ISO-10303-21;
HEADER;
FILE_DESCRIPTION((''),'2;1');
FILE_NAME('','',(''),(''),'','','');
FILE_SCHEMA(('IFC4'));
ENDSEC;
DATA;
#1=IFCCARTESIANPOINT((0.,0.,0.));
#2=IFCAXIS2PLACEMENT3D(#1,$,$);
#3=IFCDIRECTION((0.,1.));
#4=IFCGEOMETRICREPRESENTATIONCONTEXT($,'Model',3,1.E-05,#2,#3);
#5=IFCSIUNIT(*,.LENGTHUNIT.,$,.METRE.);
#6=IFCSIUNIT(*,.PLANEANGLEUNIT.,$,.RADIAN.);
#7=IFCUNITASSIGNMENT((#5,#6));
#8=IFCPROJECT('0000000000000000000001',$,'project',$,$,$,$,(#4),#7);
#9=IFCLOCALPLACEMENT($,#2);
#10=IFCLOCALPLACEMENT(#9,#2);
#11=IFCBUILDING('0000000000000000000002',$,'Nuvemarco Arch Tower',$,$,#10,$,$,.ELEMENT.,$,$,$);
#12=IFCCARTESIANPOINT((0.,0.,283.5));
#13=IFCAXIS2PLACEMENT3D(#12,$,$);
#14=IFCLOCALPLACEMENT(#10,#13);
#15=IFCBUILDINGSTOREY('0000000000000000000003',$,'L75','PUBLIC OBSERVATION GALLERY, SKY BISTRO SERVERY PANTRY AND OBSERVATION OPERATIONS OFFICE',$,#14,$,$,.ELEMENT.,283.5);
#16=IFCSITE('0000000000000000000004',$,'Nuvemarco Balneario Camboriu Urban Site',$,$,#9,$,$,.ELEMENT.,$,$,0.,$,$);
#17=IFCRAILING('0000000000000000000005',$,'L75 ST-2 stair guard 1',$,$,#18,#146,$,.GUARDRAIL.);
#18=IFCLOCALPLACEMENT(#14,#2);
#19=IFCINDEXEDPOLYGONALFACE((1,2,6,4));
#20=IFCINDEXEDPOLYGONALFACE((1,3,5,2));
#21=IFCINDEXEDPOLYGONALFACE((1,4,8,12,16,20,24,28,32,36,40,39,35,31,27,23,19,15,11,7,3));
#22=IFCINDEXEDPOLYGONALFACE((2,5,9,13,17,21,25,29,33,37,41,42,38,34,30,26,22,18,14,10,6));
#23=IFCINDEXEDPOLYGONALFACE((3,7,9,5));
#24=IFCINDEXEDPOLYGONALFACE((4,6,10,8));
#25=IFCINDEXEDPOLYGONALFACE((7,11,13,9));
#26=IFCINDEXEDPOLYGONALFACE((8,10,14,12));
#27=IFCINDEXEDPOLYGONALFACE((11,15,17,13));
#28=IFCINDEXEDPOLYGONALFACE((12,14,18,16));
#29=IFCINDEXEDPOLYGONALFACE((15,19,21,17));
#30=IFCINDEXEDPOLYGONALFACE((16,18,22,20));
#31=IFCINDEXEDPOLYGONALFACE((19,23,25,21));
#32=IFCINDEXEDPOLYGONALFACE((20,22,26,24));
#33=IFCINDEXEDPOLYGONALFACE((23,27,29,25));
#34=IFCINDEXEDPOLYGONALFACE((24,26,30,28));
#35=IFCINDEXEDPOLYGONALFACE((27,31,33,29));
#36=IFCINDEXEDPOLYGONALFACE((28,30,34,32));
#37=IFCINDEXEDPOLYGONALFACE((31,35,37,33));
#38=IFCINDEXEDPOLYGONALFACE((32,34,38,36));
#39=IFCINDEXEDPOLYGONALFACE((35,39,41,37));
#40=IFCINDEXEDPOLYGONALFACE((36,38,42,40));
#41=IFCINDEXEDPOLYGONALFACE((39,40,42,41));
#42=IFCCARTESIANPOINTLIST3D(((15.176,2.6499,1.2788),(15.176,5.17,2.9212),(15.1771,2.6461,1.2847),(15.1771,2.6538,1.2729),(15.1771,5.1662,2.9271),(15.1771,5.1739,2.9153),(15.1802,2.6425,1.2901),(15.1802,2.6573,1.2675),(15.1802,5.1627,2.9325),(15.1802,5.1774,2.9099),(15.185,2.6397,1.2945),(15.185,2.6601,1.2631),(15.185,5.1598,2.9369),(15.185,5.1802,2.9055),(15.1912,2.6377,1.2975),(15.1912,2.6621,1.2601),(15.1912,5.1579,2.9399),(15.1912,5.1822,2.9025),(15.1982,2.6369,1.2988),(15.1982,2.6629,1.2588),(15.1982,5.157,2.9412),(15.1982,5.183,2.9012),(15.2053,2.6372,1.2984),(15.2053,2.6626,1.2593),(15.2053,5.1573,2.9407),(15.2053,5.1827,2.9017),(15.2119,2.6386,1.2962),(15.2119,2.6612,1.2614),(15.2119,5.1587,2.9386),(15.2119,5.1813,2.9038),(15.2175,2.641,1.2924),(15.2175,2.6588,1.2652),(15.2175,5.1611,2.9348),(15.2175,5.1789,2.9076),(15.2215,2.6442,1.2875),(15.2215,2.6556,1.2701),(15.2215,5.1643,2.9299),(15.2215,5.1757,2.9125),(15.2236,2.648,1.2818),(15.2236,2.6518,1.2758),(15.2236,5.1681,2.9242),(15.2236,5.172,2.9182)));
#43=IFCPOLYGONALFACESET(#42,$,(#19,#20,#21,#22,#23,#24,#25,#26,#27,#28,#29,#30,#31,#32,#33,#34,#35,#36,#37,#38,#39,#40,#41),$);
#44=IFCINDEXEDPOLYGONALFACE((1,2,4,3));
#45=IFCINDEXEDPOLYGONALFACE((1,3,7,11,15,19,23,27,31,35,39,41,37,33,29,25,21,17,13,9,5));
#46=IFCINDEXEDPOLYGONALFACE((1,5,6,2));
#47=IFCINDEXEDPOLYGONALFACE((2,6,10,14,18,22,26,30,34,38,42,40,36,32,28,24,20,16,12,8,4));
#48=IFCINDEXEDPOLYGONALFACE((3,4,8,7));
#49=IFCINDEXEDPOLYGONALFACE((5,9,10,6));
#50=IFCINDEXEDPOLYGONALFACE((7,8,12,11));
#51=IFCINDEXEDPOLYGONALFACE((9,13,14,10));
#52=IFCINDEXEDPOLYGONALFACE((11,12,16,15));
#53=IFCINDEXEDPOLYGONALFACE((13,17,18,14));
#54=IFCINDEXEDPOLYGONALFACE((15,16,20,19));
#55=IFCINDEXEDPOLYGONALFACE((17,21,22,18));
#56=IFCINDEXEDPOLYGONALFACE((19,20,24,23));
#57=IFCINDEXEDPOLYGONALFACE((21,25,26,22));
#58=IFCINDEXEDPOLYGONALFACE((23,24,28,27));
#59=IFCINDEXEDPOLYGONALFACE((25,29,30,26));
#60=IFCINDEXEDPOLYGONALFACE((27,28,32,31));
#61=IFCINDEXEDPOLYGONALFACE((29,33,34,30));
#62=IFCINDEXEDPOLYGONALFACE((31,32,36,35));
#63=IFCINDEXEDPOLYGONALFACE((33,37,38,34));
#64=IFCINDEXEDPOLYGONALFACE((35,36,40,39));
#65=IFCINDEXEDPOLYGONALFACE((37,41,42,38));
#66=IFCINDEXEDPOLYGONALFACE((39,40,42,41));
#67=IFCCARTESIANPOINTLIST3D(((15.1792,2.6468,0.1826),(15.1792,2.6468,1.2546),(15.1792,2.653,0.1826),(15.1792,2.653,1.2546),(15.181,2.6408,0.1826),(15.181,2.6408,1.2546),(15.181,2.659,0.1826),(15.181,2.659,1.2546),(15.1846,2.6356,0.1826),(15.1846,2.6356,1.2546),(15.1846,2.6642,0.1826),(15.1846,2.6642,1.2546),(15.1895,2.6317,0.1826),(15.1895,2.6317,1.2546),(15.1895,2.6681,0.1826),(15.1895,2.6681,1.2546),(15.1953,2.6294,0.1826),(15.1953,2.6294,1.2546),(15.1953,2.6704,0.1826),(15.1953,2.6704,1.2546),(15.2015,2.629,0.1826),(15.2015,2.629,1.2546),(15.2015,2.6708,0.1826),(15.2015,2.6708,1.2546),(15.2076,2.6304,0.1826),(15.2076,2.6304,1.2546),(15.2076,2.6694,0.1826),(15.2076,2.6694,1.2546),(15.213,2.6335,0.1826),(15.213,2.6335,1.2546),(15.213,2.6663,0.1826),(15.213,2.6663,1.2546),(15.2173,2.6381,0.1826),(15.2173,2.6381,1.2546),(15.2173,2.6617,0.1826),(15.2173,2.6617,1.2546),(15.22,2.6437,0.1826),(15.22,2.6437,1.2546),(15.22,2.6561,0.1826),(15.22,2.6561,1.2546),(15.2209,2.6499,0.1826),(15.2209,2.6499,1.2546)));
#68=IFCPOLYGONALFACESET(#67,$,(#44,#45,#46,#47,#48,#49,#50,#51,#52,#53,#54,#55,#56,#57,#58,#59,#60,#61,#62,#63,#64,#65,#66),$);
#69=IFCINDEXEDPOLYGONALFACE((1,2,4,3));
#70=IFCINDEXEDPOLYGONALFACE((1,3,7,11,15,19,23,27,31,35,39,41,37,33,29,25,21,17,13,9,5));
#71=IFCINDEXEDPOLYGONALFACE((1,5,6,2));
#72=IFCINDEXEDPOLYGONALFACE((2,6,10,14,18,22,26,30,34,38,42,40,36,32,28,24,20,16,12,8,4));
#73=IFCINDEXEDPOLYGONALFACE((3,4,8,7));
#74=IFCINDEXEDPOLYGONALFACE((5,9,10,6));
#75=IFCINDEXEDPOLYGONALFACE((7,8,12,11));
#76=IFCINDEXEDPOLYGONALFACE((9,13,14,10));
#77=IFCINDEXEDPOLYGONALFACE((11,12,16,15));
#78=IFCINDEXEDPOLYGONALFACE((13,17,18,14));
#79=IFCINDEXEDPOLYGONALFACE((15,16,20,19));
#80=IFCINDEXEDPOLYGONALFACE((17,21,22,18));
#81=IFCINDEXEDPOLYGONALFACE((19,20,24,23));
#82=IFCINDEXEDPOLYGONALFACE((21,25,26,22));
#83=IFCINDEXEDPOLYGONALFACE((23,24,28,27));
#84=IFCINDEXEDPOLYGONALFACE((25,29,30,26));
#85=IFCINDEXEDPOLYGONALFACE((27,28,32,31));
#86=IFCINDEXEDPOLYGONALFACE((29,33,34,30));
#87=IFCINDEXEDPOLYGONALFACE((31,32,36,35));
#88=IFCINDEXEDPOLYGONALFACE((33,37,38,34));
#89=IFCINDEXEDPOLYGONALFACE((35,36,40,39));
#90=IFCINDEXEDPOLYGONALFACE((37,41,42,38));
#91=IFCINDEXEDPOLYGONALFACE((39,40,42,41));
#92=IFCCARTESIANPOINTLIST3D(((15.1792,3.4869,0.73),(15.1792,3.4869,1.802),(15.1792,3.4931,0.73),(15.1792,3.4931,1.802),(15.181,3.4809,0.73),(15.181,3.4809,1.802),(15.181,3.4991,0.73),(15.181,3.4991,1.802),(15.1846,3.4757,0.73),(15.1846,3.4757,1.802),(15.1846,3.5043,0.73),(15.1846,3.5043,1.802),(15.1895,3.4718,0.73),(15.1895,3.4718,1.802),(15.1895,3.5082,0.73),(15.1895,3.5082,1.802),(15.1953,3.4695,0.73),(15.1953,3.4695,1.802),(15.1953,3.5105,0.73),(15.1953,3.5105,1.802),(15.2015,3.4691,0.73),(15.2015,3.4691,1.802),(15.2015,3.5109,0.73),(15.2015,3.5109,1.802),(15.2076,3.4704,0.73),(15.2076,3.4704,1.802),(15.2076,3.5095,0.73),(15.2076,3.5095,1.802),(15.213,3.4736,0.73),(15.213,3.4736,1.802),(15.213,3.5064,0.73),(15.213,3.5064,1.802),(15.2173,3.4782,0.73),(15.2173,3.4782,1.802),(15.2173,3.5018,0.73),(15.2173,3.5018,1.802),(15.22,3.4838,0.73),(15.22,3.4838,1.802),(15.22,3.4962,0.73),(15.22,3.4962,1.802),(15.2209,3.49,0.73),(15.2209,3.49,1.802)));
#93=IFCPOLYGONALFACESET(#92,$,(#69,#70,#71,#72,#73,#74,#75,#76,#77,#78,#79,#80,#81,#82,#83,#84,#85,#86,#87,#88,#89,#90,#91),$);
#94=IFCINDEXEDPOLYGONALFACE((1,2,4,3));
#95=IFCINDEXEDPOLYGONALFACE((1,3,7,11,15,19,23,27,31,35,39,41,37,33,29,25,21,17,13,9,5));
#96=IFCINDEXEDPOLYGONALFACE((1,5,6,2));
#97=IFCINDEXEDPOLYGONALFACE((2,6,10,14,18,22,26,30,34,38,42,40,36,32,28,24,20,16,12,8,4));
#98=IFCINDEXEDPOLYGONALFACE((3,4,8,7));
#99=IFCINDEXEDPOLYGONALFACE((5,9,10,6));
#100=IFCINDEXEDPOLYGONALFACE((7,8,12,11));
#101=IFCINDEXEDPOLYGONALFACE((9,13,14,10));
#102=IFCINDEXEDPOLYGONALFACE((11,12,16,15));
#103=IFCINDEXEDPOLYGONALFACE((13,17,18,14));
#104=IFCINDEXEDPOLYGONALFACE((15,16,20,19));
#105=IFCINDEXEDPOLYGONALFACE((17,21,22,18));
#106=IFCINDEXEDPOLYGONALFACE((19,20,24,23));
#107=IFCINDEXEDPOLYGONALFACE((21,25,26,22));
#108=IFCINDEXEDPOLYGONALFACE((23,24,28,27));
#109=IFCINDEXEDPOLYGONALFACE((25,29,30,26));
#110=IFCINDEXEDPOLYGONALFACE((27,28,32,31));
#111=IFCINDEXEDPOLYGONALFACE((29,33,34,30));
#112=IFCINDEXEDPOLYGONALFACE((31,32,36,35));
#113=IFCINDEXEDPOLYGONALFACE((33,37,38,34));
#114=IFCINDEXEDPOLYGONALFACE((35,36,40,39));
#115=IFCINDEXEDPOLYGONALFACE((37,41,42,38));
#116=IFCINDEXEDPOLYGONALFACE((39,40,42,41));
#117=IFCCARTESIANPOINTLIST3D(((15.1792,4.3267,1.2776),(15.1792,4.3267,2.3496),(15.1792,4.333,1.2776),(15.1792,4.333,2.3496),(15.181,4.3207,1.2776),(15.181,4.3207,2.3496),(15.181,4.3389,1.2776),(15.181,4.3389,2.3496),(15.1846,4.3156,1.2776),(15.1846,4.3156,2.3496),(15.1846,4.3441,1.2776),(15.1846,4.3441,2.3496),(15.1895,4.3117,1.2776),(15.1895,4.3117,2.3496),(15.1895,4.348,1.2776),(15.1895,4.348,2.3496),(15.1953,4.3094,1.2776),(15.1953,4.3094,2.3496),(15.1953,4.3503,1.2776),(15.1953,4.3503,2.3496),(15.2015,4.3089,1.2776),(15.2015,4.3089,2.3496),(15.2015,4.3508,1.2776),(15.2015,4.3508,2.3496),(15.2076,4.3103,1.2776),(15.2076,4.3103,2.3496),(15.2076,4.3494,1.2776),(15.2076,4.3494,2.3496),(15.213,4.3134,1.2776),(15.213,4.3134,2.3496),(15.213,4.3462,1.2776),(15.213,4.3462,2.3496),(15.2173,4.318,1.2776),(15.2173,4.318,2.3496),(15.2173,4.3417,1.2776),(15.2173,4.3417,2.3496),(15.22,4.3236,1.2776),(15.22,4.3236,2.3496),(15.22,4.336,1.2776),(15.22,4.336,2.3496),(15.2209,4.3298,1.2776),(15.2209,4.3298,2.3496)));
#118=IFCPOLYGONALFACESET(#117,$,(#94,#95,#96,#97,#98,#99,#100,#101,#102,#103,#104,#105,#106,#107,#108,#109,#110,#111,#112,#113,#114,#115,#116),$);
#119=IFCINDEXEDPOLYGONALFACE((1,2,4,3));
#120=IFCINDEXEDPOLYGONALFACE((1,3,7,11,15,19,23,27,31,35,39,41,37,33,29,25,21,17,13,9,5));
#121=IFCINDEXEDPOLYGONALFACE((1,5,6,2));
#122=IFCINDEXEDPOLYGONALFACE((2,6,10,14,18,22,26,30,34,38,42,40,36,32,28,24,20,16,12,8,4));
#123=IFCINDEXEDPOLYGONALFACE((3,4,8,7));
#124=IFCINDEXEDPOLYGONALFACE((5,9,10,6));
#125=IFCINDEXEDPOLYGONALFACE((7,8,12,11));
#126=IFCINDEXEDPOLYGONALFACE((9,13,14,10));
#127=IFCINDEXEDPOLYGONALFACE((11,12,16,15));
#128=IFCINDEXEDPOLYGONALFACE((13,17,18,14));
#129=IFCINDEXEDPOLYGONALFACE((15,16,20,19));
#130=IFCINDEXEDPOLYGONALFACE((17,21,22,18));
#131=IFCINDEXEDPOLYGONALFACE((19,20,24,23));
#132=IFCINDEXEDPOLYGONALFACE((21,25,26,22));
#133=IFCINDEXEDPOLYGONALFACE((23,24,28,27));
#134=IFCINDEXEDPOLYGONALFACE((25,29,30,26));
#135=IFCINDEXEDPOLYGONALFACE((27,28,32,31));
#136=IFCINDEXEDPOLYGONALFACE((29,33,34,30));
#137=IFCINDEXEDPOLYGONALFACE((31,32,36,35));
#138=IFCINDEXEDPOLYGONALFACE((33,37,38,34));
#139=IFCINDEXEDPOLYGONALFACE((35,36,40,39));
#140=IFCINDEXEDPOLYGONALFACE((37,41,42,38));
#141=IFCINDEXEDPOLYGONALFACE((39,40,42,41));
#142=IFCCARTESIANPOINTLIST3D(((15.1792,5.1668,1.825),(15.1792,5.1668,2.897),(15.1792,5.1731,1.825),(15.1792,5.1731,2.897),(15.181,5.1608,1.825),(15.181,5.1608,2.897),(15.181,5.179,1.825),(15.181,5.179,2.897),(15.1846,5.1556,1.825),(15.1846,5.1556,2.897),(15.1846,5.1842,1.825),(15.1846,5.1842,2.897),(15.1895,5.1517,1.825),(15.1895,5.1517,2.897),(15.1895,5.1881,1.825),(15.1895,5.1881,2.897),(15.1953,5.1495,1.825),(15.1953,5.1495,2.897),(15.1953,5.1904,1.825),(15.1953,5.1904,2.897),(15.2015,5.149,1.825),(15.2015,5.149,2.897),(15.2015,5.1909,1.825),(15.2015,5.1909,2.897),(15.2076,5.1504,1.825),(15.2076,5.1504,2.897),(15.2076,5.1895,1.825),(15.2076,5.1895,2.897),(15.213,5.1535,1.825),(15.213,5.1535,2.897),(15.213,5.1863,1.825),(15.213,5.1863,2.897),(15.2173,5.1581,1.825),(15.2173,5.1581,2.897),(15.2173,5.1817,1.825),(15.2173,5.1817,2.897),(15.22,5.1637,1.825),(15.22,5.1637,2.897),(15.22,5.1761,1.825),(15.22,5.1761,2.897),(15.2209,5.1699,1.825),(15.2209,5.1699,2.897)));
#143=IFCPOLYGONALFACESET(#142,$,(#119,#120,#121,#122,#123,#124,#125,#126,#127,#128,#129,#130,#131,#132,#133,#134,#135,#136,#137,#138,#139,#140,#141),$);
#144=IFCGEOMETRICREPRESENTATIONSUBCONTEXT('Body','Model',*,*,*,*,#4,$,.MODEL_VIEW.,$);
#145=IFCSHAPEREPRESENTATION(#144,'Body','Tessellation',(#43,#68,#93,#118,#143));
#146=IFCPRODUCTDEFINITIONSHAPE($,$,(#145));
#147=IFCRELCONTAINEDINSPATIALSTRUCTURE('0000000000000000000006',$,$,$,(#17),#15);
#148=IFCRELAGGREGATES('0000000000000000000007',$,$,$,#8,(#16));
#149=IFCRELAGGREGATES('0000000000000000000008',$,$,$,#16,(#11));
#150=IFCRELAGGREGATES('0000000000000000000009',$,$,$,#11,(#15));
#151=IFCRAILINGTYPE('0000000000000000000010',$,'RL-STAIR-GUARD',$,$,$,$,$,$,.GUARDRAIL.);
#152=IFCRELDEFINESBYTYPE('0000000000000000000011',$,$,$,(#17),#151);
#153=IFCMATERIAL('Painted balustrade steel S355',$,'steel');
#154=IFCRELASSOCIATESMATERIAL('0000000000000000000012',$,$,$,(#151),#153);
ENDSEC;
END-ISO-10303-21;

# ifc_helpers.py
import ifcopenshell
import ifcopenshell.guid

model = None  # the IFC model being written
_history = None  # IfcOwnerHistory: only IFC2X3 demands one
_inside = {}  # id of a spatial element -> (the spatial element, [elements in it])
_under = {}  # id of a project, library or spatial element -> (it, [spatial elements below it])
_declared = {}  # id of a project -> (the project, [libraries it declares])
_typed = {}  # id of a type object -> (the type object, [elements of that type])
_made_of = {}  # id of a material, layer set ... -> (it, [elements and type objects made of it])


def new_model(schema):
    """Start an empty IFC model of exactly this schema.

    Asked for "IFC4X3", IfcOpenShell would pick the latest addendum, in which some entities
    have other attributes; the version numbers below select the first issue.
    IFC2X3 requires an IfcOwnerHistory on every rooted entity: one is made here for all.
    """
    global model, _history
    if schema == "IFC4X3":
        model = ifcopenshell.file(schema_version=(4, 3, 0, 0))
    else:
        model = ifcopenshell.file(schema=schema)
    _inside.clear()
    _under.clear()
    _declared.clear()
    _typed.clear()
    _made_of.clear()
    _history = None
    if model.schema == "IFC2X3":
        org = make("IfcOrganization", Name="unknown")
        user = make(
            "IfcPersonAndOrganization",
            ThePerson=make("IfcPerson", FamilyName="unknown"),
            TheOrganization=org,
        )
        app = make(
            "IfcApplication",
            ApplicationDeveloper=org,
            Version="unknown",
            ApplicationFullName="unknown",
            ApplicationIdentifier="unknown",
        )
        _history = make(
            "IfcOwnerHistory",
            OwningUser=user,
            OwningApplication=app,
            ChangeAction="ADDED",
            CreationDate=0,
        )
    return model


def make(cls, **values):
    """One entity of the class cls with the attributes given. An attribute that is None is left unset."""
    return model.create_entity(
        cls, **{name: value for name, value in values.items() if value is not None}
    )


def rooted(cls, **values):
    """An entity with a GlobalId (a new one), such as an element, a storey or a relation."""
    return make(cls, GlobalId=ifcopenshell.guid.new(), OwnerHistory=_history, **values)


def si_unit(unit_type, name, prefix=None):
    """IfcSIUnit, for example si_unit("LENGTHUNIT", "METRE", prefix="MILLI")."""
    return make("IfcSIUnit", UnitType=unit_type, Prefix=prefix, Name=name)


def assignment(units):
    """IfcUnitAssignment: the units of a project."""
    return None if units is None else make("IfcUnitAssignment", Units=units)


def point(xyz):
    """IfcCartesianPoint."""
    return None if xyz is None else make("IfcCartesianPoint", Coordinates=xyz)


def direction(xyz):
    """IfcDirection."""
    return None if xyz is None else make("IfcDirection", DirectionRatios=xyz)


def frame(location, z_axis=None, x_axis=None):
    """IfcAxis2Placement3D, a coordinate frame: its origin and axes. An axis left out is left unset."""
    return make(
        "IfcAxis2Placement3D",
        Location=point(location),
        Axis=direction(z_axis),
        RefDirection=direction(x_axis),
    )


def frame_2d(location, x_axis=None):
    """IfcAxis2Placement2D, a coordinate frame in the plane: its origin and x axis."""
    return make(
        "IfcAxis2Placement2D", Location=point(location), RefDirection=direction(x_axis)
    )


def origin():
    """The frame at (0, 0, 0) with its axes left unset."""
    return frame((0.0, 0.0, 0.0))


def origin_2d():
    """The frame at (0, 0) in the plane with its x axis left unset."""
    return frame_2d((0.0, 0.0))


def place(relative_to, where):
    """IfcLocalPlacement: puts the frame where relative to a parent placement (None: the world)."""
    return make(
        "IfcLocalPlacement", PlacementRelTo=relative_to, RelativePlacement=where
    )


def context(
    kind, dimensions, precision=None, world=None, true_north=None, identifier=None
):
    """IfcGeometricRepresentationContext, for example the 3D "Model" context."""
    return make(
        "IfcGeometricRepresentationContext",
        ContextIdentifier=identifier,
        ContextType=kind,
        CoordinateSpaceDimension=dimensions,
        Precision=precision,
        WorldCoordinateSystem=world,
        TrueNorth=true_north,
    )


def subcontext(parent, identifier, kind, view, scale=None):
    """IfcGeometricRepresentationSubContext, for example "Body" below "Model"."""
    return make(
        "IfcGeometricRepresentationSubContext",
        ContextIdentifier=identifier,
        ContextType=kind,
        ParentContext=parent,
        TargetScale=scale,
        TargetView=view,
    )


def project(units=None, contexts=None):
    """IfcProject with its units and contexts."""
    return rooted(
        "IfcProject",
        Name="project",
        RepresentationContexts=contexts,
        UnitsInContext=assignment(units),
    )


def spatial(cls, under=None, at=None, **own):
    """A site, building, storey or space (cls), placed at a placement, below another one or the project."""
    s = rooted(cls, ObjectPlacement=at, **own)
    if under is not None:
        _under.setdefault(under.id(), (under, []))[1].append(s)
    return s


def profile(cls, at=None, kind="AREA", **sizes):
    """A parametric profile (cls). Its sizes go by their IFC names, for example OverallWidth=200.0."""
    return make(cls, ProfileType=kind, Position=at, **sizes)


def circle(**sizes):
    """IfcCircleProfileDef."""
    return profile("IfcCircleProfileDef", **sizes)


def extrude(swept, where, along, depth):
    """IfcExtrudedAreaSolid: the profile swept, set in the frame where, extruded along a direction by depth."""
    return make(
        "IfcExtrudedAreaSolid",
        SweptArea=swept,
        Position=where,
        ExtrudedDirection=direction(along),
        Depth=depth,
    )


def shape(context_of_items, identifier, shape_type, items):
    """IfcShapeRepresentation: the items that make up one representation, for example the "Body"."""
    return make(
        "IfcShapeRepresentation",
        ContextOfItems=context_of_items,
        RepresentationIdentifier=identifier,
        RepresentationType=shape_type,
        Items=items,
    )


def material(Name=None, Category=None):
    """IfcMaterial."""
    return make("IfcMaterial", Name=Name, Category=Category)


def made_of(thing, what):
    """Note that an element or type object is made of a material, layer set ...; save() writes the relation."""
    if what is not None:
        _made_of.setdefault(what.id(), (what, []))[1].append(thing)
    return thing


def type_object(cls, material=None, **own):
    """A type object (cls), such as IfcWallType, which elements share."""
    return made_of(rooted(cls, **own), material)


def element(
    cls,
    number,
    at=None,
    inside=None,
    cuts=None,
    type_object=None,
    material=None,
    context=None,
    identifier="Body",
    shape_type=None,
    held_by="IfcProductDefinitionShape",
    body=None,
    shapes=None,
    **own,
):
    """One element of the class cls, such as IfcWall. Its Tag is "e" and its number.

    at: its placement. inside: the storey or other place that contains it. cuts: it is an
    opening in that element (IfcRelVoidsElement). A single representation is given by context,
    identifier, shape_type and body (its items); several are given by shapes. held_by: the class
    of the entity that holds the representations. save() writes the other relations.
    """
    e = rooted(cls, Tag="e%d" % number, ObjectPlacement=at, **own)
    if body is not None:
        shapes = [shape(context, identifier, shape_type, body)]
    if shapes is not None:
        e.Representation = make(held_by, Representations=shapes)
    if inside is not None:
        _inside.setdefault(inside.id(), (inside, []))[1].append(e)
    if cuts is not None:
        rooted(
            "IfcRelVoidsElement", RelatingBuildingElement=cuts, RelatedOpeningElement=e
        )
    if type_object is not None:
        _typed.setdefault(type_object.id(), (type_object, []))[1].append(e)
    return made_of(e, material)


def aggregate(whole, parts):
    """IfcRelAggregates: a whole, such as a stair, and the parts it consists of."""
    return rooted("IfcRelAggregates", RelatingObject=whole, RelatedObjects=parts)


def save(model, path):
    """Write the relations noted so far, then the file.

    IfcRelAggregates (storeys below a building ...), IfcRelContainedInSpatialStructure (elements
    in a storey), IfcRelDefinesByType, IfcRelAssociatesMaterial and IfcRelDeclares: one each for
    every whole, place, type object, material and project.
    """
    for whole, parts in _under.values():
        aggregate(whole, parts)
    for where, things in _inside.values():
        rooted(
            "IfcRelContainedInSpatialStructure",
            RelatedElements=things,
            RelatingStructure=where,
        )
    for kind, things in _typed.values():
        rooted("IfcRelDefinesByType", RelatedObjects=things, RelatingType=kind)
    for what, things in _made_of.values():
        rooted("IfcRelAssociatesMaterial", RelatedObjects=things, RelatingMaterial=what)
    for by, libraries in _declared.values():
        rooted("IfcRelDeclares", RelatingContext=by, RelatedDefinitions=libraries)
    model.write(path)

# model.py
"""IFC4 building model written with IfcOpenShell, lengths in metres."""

from ifc_helpers import new_model, si_unit, direction, frame, origin, origin_2d, place, context, subcontext, project, spatial, circle, extrude, material, type_object, element, save


model = new_model("IFC4")

# Units and contexts
model_context = context("Model", 3, precision=1e-05, world=origin(), true_north=direction((0.0, 1.0)))
body_context = subcontext(model_context, "Body", "Model", "MODEL_VIEW")
ifc_project = project(units=[si_unit("LENGTHUNIT", "METRE"), si_unit("PLANEANGLEUNIT", "RADIAN")], contexts=[model_context])

# Site, building, storey
site_placement = place(None, origin())
site = spatial("IfcSite", under=ifc_project, at=site_placement, Name="Nuvemarco Balneario Camboriu Urban Site", CompositionType="ELEMENT", RefElevation=0.0)
building_placement = place(site_placement, origin())
building = spatial("IfcBuilding", under=site, at=building_placement, Name="Nuvemarco Arch Tower", CompositionType="ELEMENT")
storey_placement = place(building_placement, frame((0.0, 0.0, 283.5)))
storey = spatial("IfcBuildingStorey", under=building, at=storey_placement, Name="L75", Description="PUBLIC OBSERVATION GALLERY, SKY BISTRO SERVERY PANTRY AND OBSERVATION OPERATIONS OFFICE", CompositionType="ELEMENT", Elevation=283.5)

# Railing
ifc_material_1 = material(Name="Painted balustrade steel S355", Category="steel")
railing_type_1 = type_object("IfcRailingType", Name="RL-STAIR-GUARD", PredefinedType="GUARDRAIL", material=ifc_material_1)
railing_1_placement = place(storey_placement, frame((15.2, 2.6499, 0.1826)))
element("IfcRailing", 1, at=railing_1_placement, inside=storey, type_object=railing_type_1, Name="L75 ST-2 stair guard 1", PredefinedType="GUARDRAIL", context=body_context, shape_type="SweptSolid", body=[
    extrude(circle(Radius=0.0239, at=origin_2d()), frame((0.0, 0.0, 1.0962), z_axis=(0.0, 0.837787, 0.545998), x_axis=(-1.0, 0.0, 0.0)), (0.0, 0.0, 1.0), 3.0081),
    extrude(circle(Radius=0.021, at=origin_2d()), origin(), (0.0, 0.0, 1.0), 1.072),
    extrude(circle(Radius=0.021, at=origin_2d()), frame((0.0, 0.8401, 0.5474)), (0.0, 0.0, 1.0), 1.072),
    extrude(circle(Radius=0.021, at=origin_2d()), frame((0.0, 1.6799, 1.095)), (0.0, 0.0, 1.0), 1.072),
    extrude(circle(Radius=0.021, at=origin_2d()), frame((0.0, 2.52, 1.6423)), (0.0, 0.0, 1.0), 1.072),
])

save(model, "model.ifc")
